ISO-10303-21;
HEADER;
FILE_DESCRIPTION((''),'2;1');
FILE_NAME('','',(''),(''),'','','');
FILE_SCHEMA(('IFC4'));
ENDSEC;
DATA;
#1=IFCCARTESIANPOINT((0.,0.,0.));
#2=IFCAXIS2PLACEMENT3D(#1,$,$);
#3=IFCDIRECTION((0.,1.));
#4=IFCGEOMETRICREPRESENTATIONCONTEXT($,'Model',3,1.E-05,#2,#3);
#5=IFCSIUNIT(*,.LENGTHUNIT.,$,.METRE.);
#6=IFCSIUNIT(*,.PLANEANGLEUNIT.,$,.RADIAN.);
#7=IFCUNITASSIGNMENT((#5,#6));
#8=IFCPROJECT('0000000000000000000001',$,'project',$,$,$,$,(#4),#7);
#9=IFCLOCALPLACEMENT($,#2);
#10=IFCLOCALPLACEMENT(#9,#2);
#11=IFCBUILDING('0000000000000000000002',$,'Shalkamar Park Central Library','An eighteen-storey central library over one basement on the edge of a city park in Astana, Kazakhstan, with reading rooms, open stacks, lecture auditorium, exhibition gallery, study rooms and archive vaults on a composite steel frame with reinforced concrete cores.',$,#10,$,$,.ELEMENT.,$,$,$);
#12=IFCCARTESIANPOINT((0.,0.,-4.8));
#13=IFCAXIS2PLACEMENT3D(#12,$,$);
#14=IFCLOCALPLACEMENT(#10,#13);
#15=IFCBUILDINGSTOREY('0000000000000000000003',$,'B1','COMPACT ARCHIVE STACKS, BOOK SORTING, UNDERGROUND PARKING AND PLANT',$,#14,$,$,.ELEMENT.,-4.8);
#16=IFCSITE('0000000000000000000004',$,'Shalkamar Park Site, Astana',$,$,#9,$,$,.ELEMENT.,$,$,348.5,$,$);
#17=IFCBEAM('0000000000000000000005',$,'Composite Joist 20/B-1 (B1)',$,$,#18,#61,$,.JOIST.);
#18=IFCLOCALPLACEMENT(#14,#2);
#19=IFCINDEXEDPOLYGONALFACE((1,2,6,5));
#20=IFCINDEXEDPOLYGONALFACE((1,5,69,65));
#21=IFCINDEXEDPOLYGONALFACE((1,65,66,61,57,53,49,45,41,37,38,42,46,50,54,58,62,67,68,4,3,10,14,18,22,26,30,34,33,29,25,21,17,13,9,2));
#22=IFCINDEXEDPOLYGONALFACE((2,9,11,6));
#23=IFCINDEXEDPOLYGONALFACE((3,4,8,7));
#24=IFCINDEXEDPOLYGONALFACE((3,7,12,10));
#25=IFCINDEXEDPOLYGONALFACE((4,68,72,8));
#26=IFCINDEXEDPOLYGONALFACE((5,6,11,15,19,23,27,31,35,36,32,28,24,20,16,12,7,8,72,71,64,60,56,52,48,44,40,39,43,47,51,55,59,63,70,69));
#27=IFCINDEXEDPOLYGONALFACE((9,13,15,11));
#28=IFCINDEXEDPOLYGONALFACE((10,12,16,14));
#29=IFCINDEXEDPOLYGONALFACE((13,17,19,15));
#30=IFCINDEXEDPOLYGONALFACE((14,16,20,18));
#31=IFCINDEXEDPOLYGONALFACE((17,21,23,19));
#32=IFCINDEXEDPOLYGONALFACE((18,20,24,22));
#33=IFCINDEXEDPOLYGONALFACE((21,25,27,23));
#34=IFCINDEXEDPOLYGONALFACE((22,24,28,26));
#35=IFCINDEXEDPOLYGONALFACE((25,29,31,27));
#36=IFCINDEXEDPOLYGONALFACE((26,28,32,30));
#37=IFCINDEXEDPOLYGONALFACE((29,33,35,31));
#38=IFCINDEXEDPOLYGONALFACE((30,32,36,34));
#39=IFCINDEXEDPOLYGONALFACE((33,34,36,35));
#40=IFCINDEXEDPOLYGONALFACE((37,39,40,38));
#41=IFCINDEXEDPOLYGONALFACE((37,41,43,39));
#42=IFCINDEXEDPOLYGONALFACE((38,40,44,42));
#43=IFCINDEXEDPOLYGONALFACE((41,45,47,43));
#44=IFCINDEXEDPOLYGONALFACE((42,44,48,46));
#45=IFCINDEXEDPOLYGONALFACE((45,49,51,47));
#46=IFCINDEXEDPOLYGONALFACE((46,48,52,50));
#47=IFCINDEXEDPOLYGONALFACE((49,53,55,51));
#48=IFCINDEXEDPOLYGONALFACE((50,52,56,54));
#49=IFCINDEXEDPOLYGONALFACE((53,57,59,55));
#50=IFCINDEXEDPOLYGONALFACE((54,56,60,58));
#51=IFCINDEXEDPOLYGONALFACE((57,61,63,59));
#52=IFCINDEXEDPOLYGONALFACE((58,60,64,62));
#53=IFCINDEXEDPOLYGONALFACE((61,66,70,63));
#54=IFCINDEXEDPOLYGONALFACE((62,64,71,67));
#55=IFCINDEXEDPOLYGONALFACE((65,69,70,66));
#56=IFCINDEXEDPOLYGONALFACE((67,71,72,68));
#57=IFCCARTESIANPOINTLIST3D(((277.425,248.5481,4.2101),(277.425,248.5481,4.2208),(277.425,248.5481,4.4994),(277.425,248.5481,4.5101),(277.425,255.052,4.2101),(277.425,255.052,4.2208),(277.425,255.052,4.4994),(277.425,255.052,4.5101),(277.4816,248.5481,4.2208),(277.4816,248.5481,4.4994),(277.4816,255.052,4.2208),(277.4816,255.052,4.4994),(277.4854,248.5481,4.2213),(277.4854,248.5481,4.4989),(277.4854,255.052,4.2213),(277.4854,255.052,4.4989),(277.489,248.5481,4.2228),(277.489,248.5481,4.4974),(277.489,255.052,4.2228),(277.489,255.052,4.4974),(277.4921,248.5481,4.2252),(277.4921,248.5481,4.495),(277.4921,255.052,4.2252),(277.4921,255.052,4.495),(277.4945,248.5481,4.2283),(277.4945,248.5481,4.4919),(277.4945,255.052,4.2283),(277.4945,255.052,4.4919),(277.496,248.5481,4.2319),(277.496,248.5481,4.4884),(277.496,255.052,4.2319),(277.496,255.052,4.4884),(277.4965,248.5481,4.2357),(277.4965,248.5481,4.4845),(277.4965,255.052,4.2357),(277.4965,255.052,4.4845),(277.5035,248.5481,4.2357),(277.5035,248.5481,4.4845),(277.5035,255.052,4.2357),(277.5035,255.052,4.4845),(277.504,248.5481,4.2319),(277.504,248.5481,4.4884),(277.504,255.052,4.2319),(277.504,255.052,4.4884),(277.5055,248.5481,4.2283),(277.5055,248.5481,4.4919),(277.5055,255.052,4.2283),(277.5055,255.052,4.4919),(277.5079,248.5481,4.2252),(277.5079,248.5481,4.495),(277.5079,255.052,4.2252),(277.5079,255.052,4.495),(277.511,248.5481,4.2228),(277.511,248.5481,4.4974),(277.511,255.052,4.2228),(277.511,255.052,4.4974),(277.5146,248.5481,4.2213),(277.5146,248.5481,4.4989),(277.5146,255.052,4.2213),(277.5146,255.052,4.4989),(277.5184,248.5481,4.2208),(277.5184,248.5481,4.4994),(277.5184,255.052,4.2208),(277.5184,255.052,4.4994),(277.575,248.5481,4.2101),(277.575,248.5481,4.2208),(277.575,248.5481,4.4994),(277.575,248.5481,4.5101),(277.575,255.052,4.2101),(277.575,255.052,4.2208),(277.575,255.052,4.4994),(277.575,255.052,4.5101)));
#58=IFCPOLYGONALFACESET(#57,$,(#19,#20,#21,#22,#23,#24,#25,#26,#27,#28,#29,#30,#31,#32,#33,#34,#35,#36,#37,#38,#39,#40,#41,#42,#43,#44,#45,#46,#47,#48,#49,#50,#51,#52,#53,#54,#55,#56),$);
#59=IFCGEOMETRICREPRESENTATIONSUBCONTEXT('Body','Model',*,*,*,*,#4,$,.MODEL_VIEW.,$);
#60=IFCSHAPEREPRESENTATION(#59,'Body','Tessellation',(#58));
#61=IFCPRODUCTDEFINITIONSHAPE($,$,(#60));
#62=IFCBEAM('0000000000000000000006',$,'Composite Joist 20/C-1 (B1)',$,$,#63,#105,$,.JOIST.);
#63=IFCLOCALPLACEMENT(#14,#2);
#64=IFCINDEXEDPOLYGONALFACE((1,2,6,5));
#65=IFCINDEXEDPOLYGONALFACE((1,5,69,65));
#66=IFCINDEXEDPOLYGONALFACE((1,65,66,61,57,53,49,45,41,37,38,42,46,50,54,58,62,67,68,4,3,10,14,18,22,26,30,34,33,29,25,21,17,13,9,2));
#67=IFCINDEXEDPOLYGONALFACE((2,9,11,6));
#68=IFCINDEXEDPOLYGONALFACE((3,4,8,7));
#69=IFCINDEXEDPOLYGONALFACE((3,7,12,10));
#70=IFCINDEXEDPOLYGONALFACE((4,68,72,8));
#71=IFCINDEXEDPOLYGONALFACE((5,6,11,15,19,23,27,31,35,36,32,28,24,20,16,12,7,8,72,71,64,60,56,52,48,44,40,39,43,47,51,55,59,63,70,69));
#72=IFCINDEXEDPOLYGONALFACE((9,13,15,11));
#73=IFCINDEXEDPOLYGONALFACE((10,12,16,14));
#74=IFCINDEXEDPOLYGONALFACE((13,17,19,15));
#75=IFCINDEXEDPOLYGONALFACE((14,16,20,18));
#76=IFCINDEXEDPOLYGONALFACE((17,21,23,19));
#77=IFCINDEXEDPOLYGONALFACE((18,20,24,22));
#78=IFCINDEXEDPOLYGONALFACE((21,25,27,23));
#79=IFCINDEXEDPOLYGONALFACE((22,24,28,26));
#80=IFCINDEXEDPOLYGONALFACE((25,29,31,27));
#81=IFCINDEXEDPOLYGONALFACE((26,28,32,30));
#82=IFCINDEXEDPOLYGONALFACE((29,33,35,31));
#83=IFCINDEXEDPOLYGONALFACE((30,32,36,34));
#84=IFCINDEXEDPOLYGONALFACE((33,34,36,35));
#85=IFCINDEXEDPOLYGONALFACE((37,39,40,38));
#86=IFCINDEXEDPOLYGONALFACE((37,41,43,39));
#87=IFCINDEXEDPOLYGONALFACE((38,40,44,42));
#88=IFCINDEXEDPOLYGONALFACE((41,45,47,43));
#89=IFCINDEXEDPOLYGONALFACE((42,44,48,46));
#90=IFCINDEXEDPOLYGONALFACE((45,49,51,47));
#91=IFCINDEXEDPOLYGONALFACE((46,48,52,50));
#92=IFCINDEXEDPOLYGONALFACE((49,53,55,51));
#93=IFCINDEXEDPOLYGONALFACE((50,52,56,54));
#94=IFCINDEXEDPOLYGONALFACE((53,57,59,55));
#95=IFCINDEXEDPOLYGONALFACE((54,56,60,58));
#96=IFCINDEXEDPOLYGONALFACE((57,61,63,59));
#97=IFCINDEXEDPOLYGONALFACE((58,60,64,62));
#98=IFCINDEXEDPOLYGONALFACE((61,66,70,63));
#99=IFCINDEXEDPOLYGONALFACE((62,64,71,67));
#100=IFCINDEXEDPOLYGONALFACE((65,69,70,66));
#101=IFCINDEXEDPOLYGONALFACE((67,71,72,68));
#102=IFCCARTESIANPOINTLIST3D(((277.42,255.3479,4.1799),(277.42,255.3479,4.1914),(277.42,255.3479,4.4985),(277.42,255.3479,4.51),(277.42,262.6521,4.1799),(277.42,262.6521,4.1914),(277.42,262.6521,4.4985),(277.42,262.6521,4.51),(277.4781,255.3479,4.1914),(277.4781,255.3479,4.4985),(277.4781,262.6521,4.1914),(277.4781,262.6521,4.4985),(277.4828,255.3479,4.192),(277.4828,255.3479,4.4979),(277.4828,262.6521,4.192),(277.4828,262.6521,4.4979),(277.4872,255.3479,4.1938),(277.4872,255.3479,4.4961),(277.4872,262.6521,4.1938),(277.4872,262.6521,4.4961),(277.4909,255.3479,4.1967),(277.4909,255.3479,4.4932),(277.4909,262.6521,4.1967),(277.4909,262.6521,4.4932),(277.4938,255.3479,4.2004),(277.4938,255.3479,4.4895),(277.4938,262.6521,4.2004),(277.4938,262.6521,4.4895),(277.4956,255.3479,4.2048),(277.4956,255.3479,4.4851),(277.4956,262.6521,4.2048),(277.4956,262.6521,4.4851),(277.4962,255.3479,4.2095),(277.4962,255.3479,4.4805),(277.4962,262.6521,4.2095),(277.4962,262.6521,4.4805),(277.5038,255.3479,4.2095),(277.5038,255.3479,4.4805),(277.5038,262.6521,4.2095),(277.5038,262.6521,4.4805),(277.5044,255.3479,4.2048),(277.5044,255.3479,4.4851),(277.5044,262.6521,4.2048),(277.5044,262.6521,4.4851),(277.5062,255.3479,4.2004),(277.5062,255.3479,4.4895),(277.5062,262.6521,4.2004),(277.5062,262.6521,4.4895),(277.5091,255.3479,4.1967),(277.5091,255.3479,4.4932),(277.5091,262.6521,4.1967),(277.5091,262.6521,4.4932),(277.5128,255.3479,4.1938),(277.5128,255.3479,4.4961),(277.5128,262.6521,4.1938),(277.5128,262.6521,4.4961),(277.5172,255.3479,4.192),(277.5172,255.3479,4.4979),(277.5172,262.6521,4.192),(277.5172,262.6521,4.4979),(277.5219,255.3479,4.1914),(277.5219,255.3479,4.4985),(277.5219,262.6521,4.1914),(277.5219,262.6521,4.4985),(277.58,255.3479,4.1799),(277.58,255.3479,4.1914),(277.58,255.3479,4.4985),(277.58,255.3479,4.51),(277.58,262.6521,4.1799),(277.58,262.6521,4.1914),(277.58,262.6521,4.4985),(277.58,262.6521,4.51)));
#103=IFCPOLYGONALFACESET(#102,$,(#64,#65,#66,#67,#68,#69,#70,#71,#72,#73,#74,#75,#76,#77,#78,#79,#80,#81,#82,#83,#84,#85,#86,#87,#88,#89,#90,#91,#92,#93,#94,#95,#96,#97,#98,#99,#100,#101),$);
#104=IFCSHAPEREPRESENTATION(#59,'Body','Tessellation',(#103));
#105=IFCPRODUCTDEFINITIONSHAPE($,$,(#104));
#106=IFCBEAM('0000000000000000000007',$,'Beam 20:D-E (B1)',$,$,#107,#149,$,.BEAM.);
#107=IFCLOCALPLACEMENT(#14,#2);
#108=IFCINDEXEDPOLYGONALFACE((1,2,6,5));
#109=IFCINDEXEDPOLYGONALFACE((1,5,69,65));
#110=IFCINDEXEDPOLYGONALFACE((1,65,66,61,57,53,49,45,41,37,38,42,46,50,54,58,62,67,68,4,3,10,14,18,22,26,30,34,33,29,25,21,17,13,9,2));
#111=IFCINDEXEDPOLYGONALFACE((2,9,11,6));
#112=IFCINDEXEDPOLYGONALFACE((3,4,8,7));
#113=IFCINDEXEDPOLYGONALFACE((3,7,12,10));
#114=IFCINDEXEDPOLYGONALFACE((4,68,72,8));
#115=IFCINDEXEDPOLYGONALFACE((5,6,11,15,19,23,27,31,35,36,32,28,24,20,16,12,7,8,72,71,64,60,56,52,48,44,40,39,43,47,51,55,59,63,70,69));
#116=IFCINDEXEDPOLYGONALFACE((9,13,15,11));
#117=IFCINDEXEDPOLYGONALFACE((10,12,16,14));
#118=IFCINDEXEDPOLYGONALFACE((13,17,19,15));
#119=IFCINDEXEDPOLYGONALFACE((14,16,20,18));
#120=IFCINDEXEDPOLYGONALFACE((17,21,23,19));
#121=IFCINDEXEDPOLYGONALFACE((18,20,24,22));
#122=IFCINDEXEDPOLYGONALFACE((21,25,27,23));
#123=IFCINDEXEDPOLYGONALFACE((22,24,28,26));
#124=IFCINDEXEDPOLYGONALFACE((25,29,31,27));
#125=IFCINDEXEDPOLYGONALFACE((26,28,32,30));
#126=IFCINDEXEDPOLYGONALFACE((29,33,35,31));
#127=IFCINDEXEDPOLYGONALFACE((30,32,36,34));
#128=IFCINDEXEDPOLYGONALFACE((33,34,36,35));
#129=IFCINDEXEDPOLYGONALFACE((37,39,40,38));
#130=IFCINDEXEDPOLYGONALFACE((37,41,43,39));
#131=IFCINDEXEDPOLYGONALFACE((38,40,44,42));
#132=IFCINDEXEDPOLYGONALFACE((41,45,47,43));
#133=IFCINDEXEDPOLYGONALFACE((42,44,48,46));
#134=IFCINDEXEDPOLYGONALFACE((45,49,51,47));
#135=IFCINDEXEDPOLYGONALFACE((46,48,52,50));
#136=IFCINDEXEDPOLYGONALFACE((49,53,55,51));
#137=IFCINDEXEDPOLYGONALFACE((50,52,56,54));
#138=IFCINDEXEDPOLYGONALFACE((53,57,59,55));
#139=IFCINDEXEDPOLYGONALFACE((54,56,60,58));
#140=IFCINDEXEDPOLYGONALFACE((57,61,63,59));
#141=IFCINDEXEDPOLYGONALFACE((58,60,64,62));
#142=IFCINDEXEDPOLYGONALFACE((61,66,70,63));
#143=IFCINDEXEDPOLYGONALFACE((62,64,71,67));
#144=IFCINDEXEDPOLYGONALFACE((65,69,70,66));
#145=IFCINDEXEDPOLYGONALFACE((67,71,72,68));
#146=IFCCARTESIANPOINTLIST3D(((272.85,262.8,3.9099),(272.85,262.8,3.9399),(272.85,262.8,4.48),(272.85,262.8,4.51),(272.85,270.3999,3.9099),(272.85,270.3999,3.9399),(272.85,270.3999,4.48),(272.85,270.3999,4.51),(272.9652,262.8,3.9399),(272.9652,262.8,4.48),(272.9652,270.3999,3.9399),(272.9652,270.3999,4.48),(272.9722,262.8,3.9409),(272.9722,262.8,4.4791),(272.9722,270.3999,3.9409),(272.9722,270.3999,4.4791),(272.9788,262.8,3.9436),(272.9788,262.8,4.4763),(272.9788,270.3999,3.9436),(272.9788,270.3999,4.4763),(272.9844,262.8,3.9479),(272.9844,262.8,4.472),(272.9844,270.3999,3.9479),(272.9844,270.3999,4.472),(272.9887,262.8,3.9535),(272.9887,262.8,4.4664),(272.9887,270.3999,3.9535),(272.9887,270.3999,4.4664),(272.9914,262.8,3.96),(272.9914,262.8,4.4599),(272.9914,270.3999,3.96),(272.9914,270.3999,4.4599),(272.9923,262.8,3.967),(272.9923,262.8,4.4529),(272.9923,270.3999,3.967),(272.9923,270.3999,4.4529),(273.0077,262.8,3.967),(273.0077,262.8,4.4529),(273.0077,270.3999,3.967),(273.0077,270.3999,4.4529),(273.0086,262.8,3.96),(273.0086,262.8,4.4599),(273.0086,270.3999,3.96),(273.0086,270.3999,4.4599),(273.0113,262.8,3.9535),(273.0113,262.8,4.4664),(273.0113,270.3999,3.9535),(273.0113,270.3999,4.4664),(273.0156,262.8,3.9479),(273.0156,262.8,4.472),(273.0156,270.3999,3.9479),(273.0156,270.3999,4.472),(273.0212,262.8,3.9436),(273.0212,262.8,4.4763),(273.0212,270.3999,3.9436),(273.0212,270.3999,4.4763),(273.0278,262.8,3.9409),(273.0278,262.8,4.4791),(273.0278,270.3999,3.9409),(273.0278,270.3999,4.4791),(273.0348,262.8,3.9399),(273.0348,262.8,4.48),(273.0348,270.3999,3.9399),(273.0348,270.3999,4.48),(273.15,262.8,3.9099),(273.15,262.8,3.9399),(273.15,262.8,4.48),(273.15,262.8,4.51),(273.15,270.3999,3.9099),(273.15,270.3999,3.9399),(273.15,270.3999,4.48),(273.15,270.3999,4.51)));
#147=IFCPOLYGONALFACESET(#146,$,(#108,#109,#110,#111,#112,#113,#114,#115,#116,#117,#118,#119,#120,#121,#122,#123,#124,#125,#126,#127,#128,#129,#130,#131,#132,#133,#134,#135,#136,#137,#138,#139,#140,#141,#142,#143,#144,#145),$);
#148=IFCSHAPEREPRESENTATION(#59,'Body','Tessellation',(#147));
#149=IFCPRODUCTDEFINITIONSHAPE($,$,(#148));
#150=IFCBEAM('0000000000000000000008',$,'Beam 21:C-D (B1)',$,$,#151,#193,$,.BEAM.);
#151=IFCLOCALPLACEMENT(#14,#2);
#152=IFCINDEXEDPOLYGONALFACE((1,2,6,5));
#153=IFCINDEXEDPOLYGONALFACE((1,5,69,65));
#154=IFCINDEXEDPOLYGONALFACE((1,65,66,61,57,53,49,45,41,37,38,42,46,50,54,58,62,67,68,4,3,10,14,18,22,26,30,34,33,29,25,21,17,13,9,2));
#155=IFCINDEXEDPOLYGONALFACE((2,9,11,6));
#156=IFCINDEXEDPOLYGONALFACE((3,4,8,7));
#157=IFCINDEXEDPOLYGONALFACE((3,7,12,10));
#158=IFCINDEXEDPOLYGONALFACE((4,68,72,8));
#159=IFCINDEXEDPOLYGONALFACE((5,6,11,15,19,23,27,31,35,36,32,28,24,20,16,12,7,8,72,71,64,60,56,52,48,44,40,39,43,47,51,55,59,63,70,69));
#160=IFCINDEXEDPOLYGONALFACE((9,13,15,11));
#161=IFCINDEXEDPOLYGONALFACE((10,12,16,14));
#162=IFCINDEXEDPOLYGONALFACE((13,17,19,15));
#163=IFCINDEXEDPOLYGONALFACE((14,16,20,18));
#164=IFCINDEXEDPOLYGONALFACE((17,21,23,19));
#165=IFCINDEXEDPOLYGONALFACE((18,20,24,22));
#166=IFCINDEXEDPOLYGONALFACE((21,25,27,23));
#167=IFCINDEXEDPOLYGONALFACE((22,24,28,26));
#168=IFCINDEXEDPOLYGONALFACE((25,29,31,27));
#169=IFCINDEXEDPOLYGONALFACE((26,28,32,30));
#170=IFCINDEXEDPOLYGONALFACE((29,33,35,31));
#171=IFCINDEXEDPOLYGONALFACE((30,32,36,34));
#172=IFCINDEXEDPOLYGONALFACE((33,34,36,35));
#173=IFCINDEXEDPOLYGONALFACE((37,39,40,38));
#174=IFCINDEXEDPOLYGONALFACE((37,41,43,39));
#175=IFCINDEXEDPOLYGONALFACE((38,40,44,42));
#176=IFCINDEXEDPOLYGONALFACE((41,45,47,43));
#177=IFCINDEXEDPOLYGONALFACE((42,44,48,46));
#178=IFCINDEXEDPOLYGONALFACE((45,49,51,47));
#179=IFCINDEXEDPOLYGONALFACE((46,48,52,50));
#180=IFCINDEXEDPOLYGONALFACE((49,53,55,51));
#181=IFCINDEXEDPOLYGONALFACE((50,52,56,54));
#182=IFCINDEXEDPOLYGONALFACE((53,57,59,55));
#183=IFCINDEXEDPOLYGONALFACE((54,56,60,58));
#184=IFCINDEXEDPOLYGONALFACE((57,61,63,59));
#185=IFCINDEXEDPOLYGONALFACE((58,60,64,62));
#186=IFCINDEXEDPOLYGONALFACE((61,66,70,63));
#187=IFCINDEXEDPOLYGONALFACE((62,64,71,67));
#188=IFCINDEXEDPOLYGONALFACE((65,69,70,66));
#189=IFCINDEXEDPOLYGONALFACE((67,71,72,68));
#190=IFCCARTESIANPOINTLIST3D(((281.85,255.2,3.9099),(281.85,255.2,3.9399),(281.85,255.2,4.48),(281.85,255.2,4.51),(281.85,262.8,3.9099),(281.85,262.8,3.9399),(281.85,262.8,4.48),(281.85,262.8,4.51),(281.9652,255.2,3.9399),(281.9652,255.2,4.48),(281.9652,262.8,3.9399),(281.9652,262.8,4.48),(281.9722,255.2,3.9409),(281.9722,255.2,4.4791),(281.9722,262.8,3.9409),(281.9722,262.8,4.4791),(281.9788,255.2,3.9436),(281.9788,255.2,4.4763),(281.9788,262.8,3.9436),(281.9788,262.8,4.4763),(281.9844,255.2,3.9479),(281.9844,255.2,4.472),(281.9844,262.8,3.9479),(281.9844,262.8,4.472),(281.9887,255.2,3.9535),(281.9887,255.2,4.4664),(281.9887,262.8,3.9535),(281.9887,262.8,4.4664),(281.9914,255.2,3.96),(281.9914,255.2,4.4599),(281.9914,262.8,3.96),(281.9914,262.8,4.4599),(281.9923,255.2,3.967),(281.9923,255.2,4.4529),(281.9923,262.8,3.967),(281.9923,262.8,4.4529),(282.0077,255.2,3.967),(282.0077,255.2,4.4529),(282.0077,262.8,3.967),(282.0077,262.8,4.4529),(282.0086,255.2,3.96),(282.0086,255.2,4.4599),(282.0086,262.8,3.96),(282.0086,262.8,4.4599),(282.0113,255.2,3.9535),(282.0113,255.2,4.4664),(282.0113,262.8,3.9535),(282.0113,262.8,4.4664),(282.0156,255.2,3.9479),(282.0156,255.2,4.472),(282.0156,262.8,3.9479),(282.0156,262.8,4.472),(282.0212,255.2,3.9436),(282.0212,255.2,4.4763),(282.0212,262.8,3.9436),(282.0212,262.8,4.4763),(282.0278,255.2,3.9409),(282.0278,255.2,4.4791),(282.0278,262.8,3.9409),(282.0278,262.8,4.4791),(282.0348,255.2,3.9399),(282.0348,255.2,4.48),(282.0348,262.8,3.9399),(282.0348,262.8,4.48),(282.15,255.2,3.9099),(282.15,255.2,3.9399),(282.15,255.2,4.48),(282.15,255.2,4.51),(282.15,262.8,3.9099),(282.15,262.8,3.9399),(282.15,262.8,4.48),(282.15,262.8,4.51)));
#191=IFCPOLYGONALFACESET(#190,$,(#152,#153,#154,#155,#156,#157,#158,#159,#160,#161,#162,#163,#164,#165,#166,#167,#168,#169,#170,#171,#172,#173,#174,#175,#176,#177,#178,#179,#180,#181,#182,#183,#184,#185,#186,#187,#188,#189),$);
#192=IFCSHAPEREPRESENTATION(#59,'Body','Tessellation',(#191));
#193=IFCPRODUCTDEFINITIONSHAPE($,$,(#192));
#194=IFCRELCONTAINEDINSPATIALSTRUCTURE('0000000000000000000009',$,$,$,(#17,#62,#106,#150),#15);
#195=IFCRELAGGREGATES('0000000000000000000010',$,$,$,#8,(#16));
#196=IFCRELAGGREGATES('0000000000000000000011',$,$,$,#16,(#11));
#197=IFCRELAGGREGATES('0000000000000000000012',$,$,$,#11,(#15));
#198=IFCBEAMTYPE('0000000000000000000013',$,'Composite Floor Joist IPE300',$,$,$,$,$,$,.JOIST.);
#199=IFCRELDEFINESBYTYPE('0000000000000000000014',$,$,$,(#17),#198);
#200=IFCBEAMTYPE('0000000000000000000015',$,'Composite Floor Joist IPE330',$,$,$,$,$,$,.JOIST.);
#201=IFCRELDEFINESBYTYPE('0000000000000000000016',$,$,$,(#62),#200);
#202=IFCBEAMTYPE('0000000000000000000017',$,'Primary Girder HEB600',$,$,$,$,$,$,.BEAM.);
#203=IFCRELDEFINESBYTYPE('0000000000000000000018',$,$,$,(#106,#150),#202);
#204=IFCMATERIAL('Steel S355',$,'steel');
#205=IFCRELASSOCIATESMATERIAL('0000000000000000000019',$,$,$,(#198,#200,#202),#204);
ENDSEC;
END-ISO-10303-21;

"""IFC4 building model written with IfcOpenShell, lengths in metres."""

from ifc_helpers import new_model, si_unit, direction, frame, origin, origin_2d, place, context, subcontext, project, spatial, i_section, extrude, material, material_profile, profile_set, type_object, element, save


model = new_model("IFC4")

# Units and contexts
model_context = context("Model", 3, precision=1e-05, world=origin(), true_north=direction((0.0, 1.0)))
body_context = subcontext(model_context, "Body", "Model", "MODEL_VIEW")
ifc_project = project(units=[si_unit("LENGTHUNIT", "METRE"), si_unit("PLANEANGLEUNIT", "RADIAN")], contexts=[model_context])

# Site, building, storey
site_placement = place(None, origin())
site = spatial("IfcSite", under=ifc_project, at=site_placement, Name="Shalkamar Park Site, Astana", CompositionType="ELEMENT", RefElevation=348.5)
building_placement = place(site_placement, origin())
building = spatial("IfcBuilding", under=site, at=building_placement, Name="Shalkamar Park Central Library", Description="An eighteen-storey central library over one basement on the edge of a city park in Astana, Kazakhstan, with reading rooms, open stacks, lecture auditorium, exhibition gallery, study rooms and archive vaults on a composite steel frame with reinforced concrete cores.", CompositionType="ELEMENT")
storey_placement = place(building_placement, frame((0.0, 0.0, -4.8)))
storey = spatial("IfcBuildingStorey", under=building, at=storey_placement, Name="B1", Description="COMPACT ARCHIVE STACKS, BOOK SORTING, UNDERGROUND PARKING AND PLANT", CompositionType="ELEMENT", Elevation=-4.8)

# Shared definitions
ifc_material_1 = material(Name="Steel S355", Category="steel")

# Beams
ifc_material_profile_1 = material_profile(ifc_material_1, i_section(OverallWidth=0.1499, OverallDepth=0.3, WebThickness=0.0071, FlangeThickness=0.0107, FilletRadius=0.0149, at=origin_2d()), Name="IPE 300")
ifc_profile_set_1 = profile_set([ifc_material_profile_1], Name="Steel S355")
beam_type_1 = type_object("IfcBeamType", Name="Composite Floor Joist IPE300", PredefinedType="JOIST", material=ifc_profile_set_1)
beam_1_placement = place(storey_placement, frame((277.5, 248.5481, 4.3601), z_axis=(0.0, 1.0, 0.0), x_axis=(-1.0, 0.0, 0.0)))
element("IfcBeam", 1, at=beam_1_placement, inside=storey, type_object=beam_type_1, Name="Composite Joist 20/B-1 (B1)", PredefinedType="JOIST", context=body_context, shape_type="SweptSolid", body=[
    extrude(i_section(OverallWidth=0.1499, OverallDepth=0.3, WebThickness=0.0071, FlangeThickness=0.0107, FilletRadius=0.0149, at=origin_2d()), origin(), (0.0, 0.0, 1.0), 6.5039),
])
ifc_material_profile_2 = material_profile(ifc_material_1, i_section(OverallWidth=0.1599, OverallDepth=0.3301, WebThickness=0.0076, FlangeThickness=0.0115, FilletRadius=0.0181, at=origin_2d()), Name="IPE 330")
ifc_profile_set_2 = profile_set([ifc_material_profile_2], Name="Steel S355")
beam_type_2 = type_object("IfcBeamType", Name="Composite Floor Joist IPE330", PredefinedType="JOIST", material=ifc_profile_set_2)
beam_2_placement = place(storey_placement, frame((277.5, 255.3479, 4.345), z_axis=(0.0, 1.0, 0.0), x_axis=(-1.0, 0.0, 0.0)))
element("IfcBeam", 2, at=beam_2_placement, inside=storey, type_object=beam_type_2, Name="Composite Joist 20/C-1 (B1)", PredefinedType="JOIST", context=body_context, shape_type="SweptSolid", body=[
    extrude(i_section(OverallWidth=0.1599, OverallDepth=0.3301, WebThickness=0.0076, FlangeThickness=0.0115, FilletRadius=0.0181, at=origin_2d()), origin(), (0.0, 0.0, 1.0), 7.3042),
])
ifc_material_profile_3 = material_profile(ifc_material_1, i_section(OverallWidth=0.3, OverallDepth=0.6001, WebThickness=0.0154, FlangeThickness=0.03, FilletRadius=0.0271, at=origin_2d()), Name="HEB 600")
ifc_profile_set_3 = profile_set([ifc_material_profile_3], Name="Steel S355")
beam_type_3 = type_object("IfcBeamType", Name="Primary Girder HEB600", PredefinedType="BEAM", material=ifc_profile_set_3)
beam_3_placement = place(storey_placement, frame((273.0, 262.8, 4.21), z_axis=(0.0, 1.0, 0.0), x_axis=(-1.0, 0.0, 0.0)))
element("IfcBeam", 3, at=beam_3_placement, inside=storey, type_object=beam_type_3, Name="Beam 20:D-E (B1)", PredefinedType="BEAM", context=body_context, shape_type="SweptSolid", body=[
    extrude(i_section(OverallWidth=0.3, OverallDepth=0.6001, WebThickness=0.0154, FlangeThickness=0.03, FilletRadius=0.0271, at=origin_2d()), origin(), (0.0, 0.0, 1.0), 7.5999),
])
for number, where, z_axis, x_axis, name in (
    (4, (282.0, 255.2, 4.21), (0.0, 1.0, 0.0), (-1.0, 0.0, 0.0), "Beam 21:C-D (B1)"),
):
    element("IfcBeam", number, at=place(storey_placement, frame(where, z_axis=z_axis, x_axis=x_axis)), inside=storey, type_object=beam_type_3, Name=name, PredefinedType="BEAM", context=body_context, shape_type="SweptSolid", body=[
        extrude(i_section(OverallWidth=0.3, OverallDepth=0.6001, WebThickness=0.0154, FlangeThickness=0.03, FilletRadius=0.0271, at=origin_2d()), origin(), (0.0, 0.0, 1.0), 7.6001),
    ])

save(model, "model.ifc")
